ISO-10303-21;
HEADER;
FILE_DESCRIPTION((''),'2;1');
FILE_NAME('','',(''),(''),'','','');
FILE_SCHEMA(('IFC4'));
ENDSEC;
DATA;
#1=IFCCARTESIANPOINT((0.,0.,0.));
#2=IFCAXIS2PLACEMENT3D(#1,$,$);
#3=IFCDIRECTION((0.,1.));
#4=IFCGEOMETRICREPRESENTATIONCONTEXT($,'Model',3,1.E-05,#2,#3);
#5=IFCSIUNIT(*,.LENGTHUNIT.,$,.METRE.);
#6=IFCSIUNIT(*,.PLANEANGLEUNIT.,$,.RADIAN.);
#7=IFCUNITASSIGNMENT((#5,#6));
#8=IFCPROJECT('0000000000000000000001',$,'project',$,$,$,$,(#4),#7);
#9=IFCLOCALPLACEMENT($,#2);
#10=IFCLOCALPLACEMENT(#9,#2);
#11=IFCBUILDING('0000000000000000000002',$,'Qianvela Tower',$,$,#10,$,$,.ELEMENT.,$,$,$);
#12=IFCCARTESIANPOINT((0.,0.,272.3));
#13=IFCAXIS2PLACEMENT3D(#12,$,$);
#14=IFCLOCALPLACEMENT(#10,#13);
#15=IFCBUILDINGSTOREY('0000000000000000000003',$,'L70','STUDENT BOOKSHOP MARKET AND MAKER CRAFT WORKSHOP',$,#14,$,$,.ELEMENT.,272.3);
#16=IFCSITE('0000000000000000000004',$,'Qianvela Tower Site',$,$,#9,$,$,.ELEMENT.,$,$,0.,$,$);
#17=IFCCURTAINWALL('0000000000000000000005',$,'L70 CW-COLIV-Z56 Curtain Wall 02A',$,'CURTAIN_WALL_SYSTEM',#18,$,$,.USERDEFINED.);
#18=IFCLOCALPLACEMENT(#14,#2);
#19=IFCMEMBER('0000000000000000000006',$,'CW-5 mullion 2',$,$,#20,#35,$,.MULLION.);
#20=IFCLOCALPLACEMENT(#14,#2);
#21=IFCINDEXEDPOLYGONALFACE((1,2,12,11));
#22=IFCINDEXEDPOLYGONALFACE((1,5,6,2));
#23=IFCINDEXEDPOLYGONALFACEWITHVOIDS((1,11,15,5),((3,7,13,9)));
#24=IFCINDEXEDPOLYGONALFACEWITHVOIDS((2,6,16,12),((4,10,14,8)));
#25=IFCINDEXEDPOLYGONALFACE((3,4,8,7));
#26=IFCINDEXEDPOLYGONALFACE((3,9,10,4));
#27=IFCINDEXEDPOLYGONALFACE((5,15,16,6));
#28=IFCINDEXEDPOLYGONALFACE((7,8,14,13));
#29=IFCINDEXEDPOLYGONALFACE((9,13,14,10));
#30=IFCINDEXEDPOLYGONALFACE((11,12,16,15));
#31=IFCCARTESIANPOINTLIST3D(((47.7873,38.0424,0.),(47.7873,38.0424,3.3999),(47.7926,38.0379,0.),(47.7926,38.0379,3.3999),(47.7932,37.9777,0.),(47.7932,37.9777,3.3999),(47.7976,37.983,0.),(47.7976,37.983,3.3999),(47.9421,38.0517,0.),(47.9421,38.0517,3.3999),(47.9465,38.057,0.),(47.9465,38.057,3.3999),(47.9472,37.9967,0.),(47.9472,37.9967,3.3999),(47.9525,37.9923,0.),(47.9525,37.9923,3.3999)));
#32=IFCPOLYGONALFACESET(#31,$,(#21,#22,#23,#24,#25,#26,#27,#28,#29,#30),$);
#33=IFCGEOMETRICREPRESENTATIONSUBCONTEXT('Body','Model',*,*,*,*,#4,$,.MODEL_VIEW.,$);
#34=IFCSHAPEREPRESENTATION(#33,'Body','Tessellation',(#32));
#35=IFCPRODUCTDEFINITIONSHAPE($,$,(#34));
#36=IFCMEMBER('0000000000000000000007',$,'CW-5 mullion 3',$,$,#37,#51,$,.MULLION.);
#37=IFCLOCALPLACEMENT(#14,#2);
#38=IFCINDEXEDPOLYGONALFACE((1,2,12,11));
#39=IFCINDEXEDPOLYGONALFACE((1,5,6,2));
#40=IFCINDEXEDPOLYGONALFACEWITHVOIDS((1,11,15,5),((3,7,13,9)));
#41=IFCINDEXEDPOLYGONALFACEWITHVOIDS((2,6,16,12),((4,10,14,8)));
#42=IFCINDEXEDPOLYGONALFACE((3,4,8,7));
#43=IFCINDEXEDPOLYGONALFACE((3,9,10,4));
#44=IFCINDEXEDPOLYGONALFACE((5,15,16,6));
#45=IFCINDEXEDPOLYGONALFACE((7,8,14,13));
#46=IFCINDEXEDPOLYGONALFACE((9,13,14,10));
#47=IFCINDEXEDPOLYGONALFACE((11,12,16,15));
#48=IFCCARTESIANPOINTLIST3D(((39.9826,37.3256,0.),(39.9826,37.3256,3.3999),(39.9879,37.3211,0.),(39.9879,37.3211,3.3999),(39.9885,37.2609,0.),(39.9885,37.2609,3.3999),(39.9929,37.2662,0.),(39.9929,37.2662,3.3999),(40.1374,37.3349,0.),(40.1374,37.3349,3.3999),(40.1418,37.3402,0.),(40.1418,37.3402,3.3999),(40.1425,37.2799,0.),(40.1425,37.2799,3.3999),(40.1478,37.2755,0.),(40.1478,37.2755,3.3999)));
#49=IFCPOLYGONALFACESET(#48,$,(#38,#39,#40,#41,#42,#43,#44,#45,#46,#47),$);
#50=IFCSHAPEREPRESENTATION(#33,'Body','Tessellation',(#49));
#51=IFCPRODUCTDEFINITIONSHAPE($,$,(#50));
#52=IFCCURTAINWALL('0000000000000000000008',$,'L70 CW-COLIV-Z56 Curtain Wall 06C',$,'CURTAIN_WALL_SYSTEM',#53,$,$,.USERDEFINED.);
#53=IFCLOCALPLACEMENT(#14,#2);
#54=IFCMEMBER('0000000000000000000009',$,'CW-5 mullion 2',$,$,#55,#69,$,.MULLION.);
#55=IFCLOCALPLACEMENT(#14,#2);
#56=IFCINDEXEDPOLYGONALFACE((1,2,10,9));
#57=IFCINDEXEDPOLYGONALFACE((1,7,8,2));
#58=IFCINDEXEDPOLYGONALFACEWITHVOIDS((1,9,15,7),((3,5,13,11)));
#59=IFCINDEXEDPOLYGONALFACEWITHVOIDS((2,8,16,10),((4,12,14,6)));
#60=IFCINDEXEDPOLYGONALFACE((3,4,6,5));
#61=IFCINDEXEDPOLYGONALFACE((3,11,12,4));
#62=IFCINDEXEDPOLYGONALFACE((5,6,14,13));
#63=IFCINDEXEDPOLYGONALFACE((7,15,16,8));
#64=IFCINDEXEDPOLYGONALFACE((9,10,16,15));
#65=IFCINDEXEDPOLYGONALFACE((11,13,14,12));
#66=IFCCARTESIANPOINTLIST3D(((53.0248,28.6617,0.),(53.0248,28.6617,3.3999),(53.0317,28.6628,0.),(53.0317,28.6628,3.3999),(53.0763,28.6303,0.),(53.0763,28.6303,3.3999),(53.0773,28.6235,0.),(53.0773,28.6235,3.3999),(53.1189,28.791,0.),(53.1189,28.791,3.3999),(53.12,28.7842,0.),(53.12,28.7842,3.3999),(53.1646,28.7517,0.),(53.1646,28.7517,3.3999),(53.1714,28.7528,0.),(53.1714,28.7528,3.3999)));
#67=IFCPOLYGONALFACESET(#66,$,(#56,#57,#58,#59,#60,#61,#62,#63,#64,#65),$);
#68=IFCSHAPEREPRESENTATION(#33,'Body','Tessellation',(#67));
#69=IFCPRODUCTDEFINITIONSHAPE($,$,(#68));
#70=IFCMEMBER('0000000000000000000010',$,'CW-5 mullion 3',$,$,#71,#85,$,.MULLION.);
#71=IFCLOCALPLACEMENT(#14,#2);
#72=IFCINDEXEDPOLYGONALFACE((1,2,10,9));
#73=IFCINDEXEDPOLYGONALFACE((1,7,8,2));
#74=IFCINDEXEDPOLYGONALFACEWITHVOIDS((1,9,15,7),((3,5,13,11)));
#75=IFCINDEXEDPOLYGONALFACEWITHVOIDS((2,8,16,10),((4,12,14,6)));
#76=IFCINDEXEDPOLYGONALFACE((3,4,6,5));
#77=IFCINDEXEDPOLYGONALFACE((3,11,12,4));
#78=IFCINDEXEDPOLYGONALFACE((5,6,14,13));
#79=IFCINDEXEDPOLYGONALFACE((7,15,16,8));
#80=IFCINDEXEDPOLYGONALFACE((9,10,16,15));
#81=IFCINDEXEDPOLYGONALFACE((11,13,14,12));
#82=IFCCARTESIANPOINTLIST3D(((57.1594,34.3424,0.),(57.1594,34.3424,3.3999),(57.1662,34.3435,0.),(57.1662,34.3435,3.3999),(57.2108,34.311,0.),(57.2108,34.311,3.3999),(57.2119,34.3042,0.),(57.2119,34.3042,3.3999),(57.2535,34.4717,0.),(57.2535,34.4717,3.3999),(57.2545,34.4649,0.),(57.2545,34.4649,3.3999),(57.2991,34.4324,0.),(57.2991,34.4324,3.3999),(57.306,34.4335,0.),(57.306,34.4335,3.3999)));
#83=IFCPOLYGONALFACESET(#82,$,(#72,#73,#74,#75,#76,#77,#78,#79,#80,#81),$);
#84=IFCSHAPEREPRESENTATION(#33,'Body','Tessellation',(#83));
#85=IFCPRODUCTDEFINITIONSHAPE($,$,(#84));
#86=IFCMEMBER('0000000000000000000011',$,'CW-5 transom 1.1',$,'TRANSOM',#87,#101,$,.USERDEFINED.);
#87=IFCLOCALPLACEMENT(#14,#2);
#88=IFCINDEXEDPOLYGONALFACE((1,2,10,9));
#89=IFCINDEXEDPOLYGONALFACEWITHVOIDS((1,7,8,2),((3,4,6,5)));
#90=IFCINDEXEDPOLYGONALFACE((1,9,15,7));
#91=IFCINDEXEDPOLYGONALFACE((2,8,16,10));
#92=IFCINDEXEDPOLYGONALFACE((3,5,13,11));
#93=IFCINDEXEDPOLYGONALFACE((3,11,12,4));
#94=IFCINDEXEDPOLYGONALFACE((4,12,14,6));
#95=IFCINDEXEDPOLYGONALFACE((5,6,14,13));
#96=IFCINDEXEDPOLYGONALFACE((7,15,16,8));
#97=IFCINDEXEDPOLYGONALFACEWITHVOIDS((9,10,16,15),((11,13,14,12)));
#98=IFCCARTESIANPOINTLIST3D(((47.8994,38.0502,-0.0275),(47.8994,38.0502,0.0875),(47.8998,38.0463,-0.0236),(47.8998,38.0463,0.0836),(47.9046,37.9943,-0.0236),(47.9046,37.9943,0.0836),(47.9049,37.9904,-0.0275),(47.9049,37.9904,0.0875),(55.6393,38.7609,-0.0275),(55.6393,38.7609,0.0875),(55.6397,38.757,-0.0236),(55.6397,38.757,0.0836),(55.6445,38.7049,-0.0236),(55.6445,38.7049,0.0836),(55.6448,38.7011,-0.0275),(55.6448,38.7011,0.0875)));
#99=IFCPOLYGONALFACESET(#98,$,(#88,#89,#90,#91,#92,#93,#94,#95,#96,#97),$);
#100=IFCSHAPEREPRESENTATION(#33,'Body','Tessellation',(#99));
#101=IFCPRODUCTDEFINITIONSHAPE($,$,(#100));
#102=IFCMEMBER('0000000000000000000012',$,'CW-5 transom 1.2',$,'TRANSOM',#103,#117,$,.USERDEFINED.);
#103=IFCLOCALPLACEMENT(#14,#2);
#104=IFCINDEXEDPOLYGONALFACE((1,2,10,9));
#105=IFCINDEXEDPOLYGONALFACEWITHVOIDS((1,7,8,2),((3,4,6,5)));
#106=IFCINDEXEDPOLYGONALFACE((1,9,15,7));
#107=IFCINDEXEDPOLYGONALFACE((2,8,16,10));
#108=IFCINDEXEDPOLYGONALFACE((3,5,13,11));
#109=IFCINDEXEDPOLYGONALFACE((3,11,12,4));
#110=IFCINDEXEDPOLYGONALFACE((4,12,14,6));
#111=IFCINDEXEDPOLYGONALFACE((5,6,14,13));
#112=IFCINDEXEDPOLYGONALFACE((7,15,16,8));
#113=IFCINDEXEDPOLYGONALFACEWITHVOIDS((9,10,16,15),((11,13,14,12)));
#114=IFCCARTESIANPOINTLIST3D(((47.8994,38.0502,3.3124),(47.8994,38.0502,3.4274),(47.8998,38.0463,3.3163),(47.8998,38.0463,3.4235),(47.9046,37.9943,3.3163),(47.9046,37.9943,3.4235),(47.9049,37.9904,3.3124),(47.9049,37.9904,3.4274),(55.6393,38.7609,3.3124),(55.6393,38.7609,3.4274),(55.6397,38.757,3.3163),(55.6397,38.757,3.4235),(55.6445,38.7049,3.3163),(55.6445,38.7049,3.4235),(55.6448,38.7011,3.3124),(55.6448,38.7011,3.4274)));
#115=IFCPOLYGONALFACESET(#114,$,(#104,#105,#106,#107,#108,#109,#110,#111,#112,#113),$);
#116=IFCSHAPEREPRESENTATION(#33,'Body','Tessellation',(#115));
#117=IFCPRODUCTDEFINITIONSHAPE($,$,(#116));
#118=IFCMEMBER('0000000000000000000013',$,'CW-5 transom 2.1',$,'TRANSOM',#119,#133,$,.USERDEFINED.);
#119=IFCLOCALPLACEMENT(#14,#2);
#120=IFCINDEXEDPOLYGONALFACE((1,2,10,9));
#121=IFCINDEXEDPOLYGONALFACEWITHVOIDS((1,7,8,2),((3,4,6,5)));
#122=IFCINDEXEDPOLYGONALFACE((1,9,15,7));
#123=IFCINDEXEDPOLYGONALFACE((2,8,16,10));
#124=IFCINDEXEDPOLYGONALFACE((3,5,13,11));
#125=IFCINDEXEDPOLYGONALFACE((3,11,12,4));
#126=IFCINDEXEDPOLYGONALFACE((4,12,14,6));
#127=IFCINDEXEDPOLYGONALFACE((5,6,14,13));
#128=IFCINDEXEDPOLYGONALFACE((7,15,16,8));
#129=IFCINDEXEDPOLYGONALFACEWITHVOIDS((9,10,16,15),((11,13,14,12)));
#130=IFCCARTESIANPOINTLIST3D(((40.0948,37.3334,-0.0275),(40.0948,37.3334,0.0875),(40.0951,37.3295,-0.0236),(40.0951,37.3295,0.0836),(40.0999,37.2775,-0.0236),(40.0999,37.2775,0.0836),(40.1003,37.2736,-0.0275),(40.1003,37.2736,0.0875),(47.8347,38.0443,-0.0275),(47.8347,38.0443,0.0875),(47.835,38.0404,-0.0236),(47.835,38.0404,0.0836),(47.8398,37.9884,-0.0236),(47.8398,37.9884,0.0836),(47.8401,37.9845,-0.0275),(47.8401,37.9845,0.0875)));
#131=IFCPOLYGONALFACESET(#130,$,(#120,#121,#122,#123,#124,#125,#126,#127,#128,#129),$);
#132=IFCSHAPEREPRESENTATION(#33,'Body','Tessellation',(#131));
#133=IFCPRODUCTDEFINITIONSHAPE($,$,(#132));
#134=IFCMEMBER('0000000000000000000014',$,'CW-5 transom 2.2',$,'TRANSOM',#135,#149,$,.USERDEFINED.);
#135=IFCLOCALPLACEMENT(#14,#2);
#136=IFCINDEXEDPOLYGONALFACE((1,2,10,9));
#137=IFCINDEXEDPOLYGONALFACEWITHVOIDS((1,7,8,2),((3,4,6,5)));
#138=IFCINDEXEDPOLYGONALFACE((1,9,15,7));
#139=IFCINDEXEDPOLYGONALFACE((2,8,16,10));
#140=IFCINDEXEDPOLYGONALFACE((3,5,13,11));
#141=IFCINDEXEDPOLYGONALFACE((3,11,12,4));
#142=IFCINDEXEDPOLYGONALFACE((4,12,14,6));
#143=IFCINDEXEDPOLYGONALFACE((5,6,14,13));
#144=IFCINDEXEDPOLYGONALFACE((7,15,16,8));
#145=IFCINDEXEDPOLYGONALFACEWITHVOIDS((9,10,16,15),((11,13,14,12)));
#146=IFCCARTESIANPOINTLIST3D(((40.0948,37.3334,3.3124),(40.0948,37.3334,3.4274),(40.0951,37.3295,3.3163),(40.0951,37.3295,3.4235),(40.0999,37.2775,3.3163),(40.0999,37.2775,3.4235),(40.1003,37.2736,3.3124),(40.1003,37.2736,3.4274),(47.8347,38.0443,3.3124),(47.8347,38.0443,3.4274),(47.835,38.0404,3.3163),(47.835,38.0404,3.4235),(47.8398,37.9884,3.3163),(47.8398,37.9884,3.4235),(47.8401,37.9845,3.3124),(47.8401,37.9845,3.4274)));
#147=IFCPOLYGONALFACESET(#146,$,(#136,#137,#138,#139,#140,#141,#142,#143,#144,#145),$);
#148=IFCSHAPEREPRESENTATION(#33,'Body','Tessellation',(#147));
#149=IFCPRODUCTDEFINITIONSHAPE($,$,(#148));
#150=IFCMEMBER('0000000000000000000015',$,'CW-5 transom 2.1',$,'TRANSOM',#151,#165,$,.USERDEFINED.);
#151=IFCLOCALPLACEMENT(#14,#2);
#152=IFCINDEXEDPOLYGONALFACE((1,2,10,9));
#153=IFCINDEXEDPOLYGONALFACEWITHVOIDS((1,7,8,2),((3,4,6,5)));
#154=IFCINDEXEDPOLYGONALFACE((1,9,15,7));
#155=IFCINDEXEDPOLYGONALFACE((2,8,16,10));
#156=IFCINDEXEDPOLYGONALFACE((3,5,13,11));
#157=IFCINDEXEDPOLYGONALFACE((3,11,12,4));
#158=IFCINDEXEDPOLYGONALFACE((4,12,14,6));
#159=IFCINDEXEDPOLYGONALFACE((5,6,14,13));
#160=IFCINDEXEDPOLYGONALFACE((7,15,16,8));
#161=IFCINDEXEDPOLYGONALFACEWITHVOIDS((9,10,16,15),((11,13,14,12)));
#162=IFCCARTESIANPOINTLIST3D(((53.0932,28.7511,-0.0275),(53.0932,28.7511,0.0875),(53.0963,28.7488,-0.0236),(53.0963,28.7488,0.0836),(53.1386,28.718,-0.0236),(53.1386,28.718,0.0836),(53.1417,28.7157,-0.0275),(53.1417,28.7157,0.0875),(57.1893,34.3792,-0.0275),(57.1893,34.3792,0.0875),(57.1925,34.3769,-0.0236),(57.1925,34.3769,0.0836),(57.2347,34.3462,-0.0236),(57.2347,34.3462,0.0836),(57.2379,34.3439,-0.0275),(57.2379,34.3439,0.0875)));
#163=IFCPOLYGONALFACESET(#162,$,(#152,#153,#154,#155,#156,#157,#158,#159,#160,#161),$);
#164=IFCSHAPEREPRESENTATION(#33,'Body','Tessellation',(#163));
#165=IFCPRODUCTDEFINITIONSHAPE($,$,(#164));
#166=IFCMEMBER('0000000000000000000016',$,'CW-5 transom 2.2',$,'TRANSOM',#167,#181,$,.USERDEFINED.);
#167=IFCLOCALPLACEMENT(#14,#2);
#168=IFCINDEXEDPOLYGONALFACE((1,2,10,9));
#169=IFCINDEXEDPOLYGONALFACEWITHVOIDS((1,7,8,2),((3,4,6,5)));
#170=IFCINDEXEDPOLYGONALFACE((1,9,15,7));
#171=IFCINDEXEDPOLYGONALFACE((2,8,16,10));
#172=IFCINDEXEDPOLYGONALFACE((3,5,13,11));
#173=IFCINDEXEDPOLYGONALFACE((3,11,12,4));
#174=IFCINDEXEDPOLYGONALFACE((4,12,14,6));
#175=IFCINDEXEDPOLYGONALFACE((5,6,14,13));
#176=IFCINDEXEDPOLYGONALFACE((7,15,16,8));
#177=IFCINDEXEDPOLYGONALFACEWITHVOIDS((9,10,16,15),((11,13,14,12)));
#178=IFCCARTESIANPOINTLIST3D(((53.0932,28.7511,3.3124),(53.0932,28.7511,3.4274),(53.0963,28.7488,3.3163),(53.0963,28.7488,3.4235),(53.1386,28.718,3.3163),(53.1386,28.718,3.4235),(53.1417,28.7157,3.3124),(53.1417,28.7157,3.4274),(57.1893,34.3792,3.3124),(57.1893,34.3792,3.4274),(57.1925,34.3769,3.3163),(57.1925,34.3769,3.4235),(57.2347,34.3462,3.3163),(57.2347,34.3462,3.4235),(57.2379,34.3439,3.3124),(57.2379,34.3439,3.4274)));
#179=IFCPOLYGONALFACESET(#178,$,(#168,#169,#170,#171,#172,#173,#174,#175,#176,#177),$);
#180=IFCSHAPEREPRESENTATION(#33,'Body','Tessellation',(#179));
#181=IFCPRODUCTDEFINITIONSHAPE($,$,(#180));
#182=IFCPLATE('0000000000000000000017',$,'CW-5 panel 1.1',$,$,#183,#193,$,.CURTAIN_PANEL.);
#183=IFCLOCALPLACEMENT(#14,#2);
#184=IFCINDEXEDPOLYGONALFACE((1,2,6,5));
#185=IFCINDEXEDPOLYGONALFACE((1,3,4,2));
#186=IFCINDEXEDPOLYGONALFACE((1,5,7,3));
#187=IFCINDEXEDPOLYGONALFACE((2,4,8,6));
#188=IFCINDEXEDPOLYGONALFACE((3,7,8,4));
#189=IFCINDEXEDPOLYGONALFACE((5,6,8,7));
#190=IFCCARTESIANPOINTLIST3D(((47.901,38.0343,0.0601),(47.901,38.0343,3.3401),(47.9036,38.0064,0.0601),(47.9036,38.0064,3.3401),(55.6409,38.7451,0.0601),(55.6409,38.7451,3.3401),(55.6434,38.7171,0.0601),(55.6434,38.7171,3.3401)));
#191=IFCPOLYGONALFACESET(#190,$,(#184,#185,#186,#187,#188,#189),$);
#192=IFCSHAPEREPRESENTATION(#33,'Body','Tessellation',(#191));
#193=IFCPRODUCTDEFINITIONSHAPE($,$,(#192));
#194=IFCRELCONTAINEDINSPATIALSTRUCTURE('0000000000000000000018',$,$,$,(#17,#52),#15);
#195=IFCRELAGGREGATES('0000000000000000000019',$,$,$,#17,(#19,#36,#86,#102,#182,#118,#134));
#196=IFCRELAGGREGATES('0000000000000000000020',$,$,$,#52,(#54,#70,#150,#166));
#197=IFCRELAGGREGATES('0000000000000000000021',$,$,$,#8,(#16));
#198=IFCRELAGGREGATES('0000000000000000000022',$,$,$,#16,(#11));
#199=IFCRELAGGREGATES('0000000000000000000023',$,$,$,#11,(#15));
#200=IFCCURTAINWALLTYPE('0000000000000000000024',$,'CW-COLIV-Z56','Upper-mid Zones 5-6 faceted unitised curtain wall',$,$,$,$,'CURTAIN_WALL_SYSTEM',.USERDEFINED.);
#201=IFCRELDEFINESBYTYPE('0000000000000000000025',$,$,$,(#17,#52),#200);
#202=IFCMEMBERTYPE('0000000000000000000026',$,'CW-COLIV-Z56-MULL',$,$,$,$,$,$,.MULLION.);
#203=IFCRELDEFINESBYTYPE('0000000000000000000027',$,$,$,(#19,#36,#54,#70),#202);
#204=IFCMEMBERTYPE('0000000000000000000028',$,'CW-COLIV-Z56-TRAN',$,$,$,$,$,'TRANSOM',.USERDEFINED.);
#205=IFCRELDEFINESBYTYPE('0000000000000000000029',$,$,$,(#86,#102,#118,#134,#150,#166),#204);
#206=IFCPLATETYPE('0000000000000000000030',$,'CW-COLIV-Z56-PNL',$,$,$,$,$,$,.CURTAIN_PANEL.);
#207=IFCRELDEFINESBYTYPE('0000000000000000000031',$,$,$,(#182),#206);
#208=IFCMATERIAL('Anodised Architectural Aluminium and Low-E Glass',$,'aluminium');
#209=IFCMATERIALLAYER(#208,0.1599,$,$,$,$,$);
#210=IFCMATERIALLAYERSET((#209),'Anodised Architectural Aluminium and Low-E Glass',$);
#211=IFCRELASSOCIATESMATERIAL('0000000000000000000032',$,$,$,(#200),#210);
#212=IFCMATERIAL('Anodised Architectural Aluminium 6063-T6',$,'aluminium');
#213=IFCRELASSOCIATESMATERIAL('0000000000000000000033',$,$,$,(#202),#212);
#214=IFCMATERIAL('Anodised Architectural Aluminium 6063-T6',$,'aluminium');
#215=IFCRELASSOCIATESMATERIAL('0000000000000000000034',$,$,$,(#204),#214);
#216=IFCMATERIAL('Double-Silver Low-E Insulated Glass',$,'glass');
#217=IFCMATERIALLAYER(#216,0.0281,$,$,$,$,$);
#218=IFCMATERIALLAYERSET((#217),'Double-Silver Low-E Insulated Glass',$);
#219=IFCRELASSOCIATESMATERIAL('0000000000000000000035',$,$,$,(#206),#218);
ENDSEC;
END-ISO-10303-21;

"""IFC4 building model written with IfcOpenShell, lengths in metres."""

from ifc_helpers import new_model, si_unit, direction, frame, origin, origin_2d, place, context, subcontext, project, spatial, rectangle, hollow_rectangle, extrude, material, layer, layer_set, material_profile, profile_set, type_object, element, aggregate, save


model = new_model("IFC4")

# Units and contexts
model_context = context("Model", 3, precision=1e-05, world=origin(), true_north=direction((0.0, 1.0)))
body_context = subcontext(model_context, "Body", "Model", "MODEL_VIEW")
ifc_project = project(units=[si_unit("LENGTHUNIT", "METRE"), si_unit("PLANEANGLEUNIT", "RADIAN")], contexts=[model_context])

# Site, building, storey
site_placement = place(None, origin())
site = spatial("IfcSite", under=ifc_project, at=site_placement, Name="Qianvela Tower Site", CompositionType="ELEMENT", RefElevation=0.0)
building_placement = place(site_placement, origin())
building = spatial("IfcBuilding", under=site, at=building_placement, Name="Qianvela Tower", CompositionType="ELEMENT")
storey_placement = place(building_placement, frame((0.0, 0.0, 272.3)))
storey = spatial("IfcBuildingStorey", under=building, at=storey_placement, Name="L70", Description="STUDENT BOOKSHOP MARKET AND MAKER CRAFT WORKSHOP", CompositionType="ELEMENT", Elevation=272.3)

# Curtain walls, members
ifc_material_1 = material(Name="Anodised Architectural Aluminium and Low-E Glass", Category="aluminium")
ifc_layer_1 = layer(ifc_material_1, 0.1599)
ifc_layer_set_1 = layer_set([ifc_layer_1], Name="Anodised Architectural Aluminium and Low-E Glass")
curtain_wall_type_1 = type_object("IfcCurtainWallType", Name="CW-COLIV-Z56", Description="Upper-mid Zones 5-6 faceted unitised curtain wall", ElementType="CURTAIN_WALL_SYSTEM", PredefinedType="USERDEFINED", material=ifc_layer_set_1)
curtain_wall_1_placement = place(storey_placement, origin())
curtain_wall_1 = element("IfcCurtainWall", 1, at=curtain_wall_1_placement, inside=storey, type_object=curtain_wall_type_1, Name="L70 CW-COLIV-Z56 Curtain Wall 02A", ObjectType="CURTAIN_WALL_SYSTEM", PredefinedType="USERDEFINED")
ifc_material_2 = material(Name="Anodised Architectural Aluminium 6063-T6", Category="aluminium")
ifc_material_profile_1 = material_profile(ifc_material_2, hollow_rectangle(XDim=0.0649, YDim=0.1599, WallThickness=0.0049, at=origin_2d()), Name="ALU-MULL-65x160")
ifc_profile_set_1 = profile_set([ifc_material_profile_1], Name="Anodised Architectural Aluminium 6063-T6")
member_type_1 = type_object("IfcMemberType", Name="CW-COLIV-Z56-MULL", PredefinedType="MULLION", material=ifc_profile_set_1)
member_1_placement = place(storey_placement, frame((47.8699, 38.0173, 0.0), z_axis=(0.0, 0.0, 1.0), x_axis=(0.091449, -0.99581, 0.0)))
member_1 = element("IfcMember", 2, at=member_1_placement, type_object=member_type_1, Name="CW-5 mullion 2", PredefinedType="MULLION", context=body_context, shape_type="SweptSolid", body=[
    extrude(hollow_rectangle(XDim=0.0649, YDim=0.1599, WallThickness=0.0049, at=origin_2d()), origin(), (0.0, 0.0, 1.0), 3.3999),
])
member_2_placement = place(storey_placement, frame((40.0652, 37.3005, 0.0), z_axis=(0.0, 0.0, 1.0), x_axis=(0.091449, -0.99581, 0.0)))
member_2 = element("IfcMember", 3, at=member_2_placement, type_object=member_type_1, Name="CW-5 mullion 3", PredefinedType="MULLION", context=body_context, shape_type="SweptSolid", body=[
    extrude(hollow_rectangle(XDim=0.0649, YDim=0.1599, WallThickness=0.0049, at=origin_2d()), origin(), (0.0, 0.0, 1.0), 3.3999),
])
curtain_wall_2_placement = place(storey_placement, origin())
curtain_wall_2 = element("IfcCurtainWall", 4, at=curtain_wall_2_placement, inside=storey, type_object=curtain_wall_type_1, Name="L70 CW-COLIV-Z56 Curtain Wall 06C", ObjectType="CURTAIN_WALL_SYSTEM", PredefinedType="USERDEFINED")
member_3_placement = place(storey_placement, frame((53.0981, 28.7073, 0.0), z_axis=(0.0, 0.0, 1.0), x_axis=(-0.808534, 0.58845, 0.0)))
member_3 = element("IfcMember", 5, at=member_3_placement, type_object=member_type_1, Name="CW-5 mullion 2", PredefinedType="MULLION", context=body_context, shape_type="SweptSolid", body=[
    extrude(hollow_rectangle(XDim=0.0649, YDim=0.1599, WallThickness=0.0049, at=origin_2d()), origin(), (0.0, 0.0, 1.0), 3.3999),
])
member_4_placement = place(storey_placement, frame((57.2327, 34.3879, 0.0), z_axis=(0.0, 0.0, 1.0), x_axis=(-0.808534, 0.58845, 0.0)))
member_4 = element("IfcMember", 6, at=member_4_placement, type_object=member_type_1, Name="CW-5 mullion 3", PredefinedType="MULLION", context=body_context, shape_type="SweptSolid", body=[
    extrude(hollow_rectangle(XDim=0.0649, YDim=0.1599, WallThickness=0.0049, at=origin_2d()), origin(), (0.0, 0.0, 1.0), 3.3999),
])

# Members
ifc_material_3 = material(Name="Anodised Architectural Aluminium 6063-T6", Category="aluminium")
ifc_material_profile_2 = material_profile(ifc_material_3, hollow_rectangle(XDim=0.0601, YDim=0.115, WallThickness=0.0039, at=origin_2d()), Name="ALU-TRAN-60x115")
ifc_profile_set_2 = profile_set([ifc_material_profile_2], Name="Anodised Architectural Aluminium 6063-T6")
member_type_2 = type_object("IfcMemberType", Name="CW-COLIV-Z56-TRAN", ElementType="TRANSOM", PredefinedType="USERDEFINED", material=ifc_profile_set_2)
member_5_placement = place(storey_placement, frame((55.6421, 38.731, 0.03), z_axis=(-0.995811, -0.091436, 0.0), x_axis=(0.091436, -0.995811, 0.0)))
member_5 = element("IfcMember", 7, at=member_5_placement, type_object=member_type_2, Name="CW-5 transom 1.1", ObjectType="TRANSOM", PredefinedType="USERDEFINED", context=body_context, shape_type="SweptSolid", body=[
    extrude(hollow_rectangle(XDim=0.0601, YDim=0.115, WallThickness=0.0039, at=origin_2d()), origin(), (0.0, 0.0, 1.0), 7.7725),
])
member_6_placement = place(storey_placement, frame((55.6421, 38.731, 3.3699), z_axis=(-0.995811, -0.091436, 0.0), x_axis=(0.091436, -0.995811, 0.0)))
member_6 = element("IfcMember", 8, at=member_6_placement, type_object=member_type_2, Name="CW-5 transom 1.2", ObjectType="TRANSOM", PredefinedType="USERDEFINED", context=body_context, shape_type="SweptSolid", body=[
    extrude(hollow_rectangle(XDim=0.0601, YDim=0.115, WallThickness=0.0039, at=origin_2d()), origin(), (0.0, 0.0, 1.0), 7.7725),
])
member_7_placement = place(storey_placement, frame((47.8374, 38.0144, 0.03), z_axis=(-0.995808, -0.091467, 0.0), x_axis=(0.091467, -0.995808, 0.0)))
member_7 = element("IfcMember", 9, at=member_7_placement, type_object=member_type_2, Name="CW-5 transom 2.1", ObjectType="TRANSOM", PredefinedType="USERDEFINED", context=body_context, shape_type="SweptSolid", body=[
    extrude(hollow_rectangle(XDim=0.0601, YDim=0.115, WallThickness=0.0039, at=origin_2d()), origin(), (0.0, 0.0, 1.0), 7.7725),
])
member_8_placement = place(storey_placement, frame((47.8374, 38.0144, 3.3699), z_axis=(-0.995808, -0.091467, 0.0), x_axis=(0.091467, -0.995808, 0.0)))
member_8 = element("IfcMember", 10, at=member_8_placement, type_object=member_type_2, Name="CW-5 transom 2.2", ObjectType="TRANSOM", PredefinedType="USERDEFINED", context=body_context, shape_type="SweptSolid", body=[
    extrude(hollow_rectangle(XDim=0.0601, YDim=0.115, WallThickness=0.0039, at=origin_2d()), origin(), (0.0, 0.0, 1.0), 7.7725),
])
member_9_placement = place(storey_placement, frame((53.1174, 28.7334, 0.03), z_axis=(0.588451, 0.808533, 0.0), x_axis=(-0.808533, 0.588451, 0.0)))
member_9 = element("IfcMember", 11, at=member_9_placement, type_object=member_type_2, Name="CW-5 transom 2.1", ObjectType="TRANSOM", PredefinedType="USERDEFINED", context=body_context, shape_type="SweptSolid", body=[
    extrude(hollow_rectangle(XDim=0.0601, YDim=0.115, WallThickness=0.0039, at=origin_2d()), origin(), (0.0, 0.0, 1.0), 6.9609),
])
member_10_placement = place(storey_placement, frame((53.1174, 28.7334, 3.3699), z_axis=(0.588451, 0.808533, 0.0), x_axis=(-0.808533, 0.588451, 0.0)))
member_10 = element("IfcMember", 12, at=member_10_placement, type_object=member_type_2, Name="CW-5 transom 2.2", ObjectType="TRANSOM", PredefinedType="USERDEFINED", context=body_context, shape_type="SweptSolid", body=[
    extrude(hollow_rectangle(XDim=0.0601, YDim=0.115, WallThickness=0.0039, at=origin_2d()), origin(), (0.0, 0.0, 1.0), 6.9609),
])

# Plate
ifc_material_4 = material(Name="Double-Silver Low-E Insulated Glass", Category="glass")
ifc_layer_2 = layer(ifc_material_4, 0.0281)
ifc_layer_set_2 = layer_set([ifc_layer_2], Name="Double-Silver Low-E Insulated Glass")
plate_type_1 = type_object("IfcPlateType", Name="CW-COLIV-Z56-PNL", PredefinedType="CURTAIN_PANEL", material=ifc_layer_set_2)
plate_1_placement = place(storey_placement, frame((51.7722, 38.3757, 0.0601), z_axis=(0.0, 0.0, 1.0), x_axis=(-0.99581, -0.091449, 0.0)))
plate_1 = element("IfcPlate", 13, at=plate_1_placement, type_object=plate_type_1, Name="CW-5 panel 1.1", PredefinedType="CURTAIN_PANEL", context=body_context, shape_type="SweptSolid", body=[
    extrude(rectangle(XDim=7.7725, YDim=0.0281, at=origin_2d()), origin(), (0.0, 0.0, 1.0), 3.28),
])
aggregate(curtain_wall_1, [member_1, member_2, member_5, member_6, plate_1, member_7, member_8])
aggregate(curtain_wall_2, [member_3, member_4, member_9, member_10])

save(model, "model.ifc")
